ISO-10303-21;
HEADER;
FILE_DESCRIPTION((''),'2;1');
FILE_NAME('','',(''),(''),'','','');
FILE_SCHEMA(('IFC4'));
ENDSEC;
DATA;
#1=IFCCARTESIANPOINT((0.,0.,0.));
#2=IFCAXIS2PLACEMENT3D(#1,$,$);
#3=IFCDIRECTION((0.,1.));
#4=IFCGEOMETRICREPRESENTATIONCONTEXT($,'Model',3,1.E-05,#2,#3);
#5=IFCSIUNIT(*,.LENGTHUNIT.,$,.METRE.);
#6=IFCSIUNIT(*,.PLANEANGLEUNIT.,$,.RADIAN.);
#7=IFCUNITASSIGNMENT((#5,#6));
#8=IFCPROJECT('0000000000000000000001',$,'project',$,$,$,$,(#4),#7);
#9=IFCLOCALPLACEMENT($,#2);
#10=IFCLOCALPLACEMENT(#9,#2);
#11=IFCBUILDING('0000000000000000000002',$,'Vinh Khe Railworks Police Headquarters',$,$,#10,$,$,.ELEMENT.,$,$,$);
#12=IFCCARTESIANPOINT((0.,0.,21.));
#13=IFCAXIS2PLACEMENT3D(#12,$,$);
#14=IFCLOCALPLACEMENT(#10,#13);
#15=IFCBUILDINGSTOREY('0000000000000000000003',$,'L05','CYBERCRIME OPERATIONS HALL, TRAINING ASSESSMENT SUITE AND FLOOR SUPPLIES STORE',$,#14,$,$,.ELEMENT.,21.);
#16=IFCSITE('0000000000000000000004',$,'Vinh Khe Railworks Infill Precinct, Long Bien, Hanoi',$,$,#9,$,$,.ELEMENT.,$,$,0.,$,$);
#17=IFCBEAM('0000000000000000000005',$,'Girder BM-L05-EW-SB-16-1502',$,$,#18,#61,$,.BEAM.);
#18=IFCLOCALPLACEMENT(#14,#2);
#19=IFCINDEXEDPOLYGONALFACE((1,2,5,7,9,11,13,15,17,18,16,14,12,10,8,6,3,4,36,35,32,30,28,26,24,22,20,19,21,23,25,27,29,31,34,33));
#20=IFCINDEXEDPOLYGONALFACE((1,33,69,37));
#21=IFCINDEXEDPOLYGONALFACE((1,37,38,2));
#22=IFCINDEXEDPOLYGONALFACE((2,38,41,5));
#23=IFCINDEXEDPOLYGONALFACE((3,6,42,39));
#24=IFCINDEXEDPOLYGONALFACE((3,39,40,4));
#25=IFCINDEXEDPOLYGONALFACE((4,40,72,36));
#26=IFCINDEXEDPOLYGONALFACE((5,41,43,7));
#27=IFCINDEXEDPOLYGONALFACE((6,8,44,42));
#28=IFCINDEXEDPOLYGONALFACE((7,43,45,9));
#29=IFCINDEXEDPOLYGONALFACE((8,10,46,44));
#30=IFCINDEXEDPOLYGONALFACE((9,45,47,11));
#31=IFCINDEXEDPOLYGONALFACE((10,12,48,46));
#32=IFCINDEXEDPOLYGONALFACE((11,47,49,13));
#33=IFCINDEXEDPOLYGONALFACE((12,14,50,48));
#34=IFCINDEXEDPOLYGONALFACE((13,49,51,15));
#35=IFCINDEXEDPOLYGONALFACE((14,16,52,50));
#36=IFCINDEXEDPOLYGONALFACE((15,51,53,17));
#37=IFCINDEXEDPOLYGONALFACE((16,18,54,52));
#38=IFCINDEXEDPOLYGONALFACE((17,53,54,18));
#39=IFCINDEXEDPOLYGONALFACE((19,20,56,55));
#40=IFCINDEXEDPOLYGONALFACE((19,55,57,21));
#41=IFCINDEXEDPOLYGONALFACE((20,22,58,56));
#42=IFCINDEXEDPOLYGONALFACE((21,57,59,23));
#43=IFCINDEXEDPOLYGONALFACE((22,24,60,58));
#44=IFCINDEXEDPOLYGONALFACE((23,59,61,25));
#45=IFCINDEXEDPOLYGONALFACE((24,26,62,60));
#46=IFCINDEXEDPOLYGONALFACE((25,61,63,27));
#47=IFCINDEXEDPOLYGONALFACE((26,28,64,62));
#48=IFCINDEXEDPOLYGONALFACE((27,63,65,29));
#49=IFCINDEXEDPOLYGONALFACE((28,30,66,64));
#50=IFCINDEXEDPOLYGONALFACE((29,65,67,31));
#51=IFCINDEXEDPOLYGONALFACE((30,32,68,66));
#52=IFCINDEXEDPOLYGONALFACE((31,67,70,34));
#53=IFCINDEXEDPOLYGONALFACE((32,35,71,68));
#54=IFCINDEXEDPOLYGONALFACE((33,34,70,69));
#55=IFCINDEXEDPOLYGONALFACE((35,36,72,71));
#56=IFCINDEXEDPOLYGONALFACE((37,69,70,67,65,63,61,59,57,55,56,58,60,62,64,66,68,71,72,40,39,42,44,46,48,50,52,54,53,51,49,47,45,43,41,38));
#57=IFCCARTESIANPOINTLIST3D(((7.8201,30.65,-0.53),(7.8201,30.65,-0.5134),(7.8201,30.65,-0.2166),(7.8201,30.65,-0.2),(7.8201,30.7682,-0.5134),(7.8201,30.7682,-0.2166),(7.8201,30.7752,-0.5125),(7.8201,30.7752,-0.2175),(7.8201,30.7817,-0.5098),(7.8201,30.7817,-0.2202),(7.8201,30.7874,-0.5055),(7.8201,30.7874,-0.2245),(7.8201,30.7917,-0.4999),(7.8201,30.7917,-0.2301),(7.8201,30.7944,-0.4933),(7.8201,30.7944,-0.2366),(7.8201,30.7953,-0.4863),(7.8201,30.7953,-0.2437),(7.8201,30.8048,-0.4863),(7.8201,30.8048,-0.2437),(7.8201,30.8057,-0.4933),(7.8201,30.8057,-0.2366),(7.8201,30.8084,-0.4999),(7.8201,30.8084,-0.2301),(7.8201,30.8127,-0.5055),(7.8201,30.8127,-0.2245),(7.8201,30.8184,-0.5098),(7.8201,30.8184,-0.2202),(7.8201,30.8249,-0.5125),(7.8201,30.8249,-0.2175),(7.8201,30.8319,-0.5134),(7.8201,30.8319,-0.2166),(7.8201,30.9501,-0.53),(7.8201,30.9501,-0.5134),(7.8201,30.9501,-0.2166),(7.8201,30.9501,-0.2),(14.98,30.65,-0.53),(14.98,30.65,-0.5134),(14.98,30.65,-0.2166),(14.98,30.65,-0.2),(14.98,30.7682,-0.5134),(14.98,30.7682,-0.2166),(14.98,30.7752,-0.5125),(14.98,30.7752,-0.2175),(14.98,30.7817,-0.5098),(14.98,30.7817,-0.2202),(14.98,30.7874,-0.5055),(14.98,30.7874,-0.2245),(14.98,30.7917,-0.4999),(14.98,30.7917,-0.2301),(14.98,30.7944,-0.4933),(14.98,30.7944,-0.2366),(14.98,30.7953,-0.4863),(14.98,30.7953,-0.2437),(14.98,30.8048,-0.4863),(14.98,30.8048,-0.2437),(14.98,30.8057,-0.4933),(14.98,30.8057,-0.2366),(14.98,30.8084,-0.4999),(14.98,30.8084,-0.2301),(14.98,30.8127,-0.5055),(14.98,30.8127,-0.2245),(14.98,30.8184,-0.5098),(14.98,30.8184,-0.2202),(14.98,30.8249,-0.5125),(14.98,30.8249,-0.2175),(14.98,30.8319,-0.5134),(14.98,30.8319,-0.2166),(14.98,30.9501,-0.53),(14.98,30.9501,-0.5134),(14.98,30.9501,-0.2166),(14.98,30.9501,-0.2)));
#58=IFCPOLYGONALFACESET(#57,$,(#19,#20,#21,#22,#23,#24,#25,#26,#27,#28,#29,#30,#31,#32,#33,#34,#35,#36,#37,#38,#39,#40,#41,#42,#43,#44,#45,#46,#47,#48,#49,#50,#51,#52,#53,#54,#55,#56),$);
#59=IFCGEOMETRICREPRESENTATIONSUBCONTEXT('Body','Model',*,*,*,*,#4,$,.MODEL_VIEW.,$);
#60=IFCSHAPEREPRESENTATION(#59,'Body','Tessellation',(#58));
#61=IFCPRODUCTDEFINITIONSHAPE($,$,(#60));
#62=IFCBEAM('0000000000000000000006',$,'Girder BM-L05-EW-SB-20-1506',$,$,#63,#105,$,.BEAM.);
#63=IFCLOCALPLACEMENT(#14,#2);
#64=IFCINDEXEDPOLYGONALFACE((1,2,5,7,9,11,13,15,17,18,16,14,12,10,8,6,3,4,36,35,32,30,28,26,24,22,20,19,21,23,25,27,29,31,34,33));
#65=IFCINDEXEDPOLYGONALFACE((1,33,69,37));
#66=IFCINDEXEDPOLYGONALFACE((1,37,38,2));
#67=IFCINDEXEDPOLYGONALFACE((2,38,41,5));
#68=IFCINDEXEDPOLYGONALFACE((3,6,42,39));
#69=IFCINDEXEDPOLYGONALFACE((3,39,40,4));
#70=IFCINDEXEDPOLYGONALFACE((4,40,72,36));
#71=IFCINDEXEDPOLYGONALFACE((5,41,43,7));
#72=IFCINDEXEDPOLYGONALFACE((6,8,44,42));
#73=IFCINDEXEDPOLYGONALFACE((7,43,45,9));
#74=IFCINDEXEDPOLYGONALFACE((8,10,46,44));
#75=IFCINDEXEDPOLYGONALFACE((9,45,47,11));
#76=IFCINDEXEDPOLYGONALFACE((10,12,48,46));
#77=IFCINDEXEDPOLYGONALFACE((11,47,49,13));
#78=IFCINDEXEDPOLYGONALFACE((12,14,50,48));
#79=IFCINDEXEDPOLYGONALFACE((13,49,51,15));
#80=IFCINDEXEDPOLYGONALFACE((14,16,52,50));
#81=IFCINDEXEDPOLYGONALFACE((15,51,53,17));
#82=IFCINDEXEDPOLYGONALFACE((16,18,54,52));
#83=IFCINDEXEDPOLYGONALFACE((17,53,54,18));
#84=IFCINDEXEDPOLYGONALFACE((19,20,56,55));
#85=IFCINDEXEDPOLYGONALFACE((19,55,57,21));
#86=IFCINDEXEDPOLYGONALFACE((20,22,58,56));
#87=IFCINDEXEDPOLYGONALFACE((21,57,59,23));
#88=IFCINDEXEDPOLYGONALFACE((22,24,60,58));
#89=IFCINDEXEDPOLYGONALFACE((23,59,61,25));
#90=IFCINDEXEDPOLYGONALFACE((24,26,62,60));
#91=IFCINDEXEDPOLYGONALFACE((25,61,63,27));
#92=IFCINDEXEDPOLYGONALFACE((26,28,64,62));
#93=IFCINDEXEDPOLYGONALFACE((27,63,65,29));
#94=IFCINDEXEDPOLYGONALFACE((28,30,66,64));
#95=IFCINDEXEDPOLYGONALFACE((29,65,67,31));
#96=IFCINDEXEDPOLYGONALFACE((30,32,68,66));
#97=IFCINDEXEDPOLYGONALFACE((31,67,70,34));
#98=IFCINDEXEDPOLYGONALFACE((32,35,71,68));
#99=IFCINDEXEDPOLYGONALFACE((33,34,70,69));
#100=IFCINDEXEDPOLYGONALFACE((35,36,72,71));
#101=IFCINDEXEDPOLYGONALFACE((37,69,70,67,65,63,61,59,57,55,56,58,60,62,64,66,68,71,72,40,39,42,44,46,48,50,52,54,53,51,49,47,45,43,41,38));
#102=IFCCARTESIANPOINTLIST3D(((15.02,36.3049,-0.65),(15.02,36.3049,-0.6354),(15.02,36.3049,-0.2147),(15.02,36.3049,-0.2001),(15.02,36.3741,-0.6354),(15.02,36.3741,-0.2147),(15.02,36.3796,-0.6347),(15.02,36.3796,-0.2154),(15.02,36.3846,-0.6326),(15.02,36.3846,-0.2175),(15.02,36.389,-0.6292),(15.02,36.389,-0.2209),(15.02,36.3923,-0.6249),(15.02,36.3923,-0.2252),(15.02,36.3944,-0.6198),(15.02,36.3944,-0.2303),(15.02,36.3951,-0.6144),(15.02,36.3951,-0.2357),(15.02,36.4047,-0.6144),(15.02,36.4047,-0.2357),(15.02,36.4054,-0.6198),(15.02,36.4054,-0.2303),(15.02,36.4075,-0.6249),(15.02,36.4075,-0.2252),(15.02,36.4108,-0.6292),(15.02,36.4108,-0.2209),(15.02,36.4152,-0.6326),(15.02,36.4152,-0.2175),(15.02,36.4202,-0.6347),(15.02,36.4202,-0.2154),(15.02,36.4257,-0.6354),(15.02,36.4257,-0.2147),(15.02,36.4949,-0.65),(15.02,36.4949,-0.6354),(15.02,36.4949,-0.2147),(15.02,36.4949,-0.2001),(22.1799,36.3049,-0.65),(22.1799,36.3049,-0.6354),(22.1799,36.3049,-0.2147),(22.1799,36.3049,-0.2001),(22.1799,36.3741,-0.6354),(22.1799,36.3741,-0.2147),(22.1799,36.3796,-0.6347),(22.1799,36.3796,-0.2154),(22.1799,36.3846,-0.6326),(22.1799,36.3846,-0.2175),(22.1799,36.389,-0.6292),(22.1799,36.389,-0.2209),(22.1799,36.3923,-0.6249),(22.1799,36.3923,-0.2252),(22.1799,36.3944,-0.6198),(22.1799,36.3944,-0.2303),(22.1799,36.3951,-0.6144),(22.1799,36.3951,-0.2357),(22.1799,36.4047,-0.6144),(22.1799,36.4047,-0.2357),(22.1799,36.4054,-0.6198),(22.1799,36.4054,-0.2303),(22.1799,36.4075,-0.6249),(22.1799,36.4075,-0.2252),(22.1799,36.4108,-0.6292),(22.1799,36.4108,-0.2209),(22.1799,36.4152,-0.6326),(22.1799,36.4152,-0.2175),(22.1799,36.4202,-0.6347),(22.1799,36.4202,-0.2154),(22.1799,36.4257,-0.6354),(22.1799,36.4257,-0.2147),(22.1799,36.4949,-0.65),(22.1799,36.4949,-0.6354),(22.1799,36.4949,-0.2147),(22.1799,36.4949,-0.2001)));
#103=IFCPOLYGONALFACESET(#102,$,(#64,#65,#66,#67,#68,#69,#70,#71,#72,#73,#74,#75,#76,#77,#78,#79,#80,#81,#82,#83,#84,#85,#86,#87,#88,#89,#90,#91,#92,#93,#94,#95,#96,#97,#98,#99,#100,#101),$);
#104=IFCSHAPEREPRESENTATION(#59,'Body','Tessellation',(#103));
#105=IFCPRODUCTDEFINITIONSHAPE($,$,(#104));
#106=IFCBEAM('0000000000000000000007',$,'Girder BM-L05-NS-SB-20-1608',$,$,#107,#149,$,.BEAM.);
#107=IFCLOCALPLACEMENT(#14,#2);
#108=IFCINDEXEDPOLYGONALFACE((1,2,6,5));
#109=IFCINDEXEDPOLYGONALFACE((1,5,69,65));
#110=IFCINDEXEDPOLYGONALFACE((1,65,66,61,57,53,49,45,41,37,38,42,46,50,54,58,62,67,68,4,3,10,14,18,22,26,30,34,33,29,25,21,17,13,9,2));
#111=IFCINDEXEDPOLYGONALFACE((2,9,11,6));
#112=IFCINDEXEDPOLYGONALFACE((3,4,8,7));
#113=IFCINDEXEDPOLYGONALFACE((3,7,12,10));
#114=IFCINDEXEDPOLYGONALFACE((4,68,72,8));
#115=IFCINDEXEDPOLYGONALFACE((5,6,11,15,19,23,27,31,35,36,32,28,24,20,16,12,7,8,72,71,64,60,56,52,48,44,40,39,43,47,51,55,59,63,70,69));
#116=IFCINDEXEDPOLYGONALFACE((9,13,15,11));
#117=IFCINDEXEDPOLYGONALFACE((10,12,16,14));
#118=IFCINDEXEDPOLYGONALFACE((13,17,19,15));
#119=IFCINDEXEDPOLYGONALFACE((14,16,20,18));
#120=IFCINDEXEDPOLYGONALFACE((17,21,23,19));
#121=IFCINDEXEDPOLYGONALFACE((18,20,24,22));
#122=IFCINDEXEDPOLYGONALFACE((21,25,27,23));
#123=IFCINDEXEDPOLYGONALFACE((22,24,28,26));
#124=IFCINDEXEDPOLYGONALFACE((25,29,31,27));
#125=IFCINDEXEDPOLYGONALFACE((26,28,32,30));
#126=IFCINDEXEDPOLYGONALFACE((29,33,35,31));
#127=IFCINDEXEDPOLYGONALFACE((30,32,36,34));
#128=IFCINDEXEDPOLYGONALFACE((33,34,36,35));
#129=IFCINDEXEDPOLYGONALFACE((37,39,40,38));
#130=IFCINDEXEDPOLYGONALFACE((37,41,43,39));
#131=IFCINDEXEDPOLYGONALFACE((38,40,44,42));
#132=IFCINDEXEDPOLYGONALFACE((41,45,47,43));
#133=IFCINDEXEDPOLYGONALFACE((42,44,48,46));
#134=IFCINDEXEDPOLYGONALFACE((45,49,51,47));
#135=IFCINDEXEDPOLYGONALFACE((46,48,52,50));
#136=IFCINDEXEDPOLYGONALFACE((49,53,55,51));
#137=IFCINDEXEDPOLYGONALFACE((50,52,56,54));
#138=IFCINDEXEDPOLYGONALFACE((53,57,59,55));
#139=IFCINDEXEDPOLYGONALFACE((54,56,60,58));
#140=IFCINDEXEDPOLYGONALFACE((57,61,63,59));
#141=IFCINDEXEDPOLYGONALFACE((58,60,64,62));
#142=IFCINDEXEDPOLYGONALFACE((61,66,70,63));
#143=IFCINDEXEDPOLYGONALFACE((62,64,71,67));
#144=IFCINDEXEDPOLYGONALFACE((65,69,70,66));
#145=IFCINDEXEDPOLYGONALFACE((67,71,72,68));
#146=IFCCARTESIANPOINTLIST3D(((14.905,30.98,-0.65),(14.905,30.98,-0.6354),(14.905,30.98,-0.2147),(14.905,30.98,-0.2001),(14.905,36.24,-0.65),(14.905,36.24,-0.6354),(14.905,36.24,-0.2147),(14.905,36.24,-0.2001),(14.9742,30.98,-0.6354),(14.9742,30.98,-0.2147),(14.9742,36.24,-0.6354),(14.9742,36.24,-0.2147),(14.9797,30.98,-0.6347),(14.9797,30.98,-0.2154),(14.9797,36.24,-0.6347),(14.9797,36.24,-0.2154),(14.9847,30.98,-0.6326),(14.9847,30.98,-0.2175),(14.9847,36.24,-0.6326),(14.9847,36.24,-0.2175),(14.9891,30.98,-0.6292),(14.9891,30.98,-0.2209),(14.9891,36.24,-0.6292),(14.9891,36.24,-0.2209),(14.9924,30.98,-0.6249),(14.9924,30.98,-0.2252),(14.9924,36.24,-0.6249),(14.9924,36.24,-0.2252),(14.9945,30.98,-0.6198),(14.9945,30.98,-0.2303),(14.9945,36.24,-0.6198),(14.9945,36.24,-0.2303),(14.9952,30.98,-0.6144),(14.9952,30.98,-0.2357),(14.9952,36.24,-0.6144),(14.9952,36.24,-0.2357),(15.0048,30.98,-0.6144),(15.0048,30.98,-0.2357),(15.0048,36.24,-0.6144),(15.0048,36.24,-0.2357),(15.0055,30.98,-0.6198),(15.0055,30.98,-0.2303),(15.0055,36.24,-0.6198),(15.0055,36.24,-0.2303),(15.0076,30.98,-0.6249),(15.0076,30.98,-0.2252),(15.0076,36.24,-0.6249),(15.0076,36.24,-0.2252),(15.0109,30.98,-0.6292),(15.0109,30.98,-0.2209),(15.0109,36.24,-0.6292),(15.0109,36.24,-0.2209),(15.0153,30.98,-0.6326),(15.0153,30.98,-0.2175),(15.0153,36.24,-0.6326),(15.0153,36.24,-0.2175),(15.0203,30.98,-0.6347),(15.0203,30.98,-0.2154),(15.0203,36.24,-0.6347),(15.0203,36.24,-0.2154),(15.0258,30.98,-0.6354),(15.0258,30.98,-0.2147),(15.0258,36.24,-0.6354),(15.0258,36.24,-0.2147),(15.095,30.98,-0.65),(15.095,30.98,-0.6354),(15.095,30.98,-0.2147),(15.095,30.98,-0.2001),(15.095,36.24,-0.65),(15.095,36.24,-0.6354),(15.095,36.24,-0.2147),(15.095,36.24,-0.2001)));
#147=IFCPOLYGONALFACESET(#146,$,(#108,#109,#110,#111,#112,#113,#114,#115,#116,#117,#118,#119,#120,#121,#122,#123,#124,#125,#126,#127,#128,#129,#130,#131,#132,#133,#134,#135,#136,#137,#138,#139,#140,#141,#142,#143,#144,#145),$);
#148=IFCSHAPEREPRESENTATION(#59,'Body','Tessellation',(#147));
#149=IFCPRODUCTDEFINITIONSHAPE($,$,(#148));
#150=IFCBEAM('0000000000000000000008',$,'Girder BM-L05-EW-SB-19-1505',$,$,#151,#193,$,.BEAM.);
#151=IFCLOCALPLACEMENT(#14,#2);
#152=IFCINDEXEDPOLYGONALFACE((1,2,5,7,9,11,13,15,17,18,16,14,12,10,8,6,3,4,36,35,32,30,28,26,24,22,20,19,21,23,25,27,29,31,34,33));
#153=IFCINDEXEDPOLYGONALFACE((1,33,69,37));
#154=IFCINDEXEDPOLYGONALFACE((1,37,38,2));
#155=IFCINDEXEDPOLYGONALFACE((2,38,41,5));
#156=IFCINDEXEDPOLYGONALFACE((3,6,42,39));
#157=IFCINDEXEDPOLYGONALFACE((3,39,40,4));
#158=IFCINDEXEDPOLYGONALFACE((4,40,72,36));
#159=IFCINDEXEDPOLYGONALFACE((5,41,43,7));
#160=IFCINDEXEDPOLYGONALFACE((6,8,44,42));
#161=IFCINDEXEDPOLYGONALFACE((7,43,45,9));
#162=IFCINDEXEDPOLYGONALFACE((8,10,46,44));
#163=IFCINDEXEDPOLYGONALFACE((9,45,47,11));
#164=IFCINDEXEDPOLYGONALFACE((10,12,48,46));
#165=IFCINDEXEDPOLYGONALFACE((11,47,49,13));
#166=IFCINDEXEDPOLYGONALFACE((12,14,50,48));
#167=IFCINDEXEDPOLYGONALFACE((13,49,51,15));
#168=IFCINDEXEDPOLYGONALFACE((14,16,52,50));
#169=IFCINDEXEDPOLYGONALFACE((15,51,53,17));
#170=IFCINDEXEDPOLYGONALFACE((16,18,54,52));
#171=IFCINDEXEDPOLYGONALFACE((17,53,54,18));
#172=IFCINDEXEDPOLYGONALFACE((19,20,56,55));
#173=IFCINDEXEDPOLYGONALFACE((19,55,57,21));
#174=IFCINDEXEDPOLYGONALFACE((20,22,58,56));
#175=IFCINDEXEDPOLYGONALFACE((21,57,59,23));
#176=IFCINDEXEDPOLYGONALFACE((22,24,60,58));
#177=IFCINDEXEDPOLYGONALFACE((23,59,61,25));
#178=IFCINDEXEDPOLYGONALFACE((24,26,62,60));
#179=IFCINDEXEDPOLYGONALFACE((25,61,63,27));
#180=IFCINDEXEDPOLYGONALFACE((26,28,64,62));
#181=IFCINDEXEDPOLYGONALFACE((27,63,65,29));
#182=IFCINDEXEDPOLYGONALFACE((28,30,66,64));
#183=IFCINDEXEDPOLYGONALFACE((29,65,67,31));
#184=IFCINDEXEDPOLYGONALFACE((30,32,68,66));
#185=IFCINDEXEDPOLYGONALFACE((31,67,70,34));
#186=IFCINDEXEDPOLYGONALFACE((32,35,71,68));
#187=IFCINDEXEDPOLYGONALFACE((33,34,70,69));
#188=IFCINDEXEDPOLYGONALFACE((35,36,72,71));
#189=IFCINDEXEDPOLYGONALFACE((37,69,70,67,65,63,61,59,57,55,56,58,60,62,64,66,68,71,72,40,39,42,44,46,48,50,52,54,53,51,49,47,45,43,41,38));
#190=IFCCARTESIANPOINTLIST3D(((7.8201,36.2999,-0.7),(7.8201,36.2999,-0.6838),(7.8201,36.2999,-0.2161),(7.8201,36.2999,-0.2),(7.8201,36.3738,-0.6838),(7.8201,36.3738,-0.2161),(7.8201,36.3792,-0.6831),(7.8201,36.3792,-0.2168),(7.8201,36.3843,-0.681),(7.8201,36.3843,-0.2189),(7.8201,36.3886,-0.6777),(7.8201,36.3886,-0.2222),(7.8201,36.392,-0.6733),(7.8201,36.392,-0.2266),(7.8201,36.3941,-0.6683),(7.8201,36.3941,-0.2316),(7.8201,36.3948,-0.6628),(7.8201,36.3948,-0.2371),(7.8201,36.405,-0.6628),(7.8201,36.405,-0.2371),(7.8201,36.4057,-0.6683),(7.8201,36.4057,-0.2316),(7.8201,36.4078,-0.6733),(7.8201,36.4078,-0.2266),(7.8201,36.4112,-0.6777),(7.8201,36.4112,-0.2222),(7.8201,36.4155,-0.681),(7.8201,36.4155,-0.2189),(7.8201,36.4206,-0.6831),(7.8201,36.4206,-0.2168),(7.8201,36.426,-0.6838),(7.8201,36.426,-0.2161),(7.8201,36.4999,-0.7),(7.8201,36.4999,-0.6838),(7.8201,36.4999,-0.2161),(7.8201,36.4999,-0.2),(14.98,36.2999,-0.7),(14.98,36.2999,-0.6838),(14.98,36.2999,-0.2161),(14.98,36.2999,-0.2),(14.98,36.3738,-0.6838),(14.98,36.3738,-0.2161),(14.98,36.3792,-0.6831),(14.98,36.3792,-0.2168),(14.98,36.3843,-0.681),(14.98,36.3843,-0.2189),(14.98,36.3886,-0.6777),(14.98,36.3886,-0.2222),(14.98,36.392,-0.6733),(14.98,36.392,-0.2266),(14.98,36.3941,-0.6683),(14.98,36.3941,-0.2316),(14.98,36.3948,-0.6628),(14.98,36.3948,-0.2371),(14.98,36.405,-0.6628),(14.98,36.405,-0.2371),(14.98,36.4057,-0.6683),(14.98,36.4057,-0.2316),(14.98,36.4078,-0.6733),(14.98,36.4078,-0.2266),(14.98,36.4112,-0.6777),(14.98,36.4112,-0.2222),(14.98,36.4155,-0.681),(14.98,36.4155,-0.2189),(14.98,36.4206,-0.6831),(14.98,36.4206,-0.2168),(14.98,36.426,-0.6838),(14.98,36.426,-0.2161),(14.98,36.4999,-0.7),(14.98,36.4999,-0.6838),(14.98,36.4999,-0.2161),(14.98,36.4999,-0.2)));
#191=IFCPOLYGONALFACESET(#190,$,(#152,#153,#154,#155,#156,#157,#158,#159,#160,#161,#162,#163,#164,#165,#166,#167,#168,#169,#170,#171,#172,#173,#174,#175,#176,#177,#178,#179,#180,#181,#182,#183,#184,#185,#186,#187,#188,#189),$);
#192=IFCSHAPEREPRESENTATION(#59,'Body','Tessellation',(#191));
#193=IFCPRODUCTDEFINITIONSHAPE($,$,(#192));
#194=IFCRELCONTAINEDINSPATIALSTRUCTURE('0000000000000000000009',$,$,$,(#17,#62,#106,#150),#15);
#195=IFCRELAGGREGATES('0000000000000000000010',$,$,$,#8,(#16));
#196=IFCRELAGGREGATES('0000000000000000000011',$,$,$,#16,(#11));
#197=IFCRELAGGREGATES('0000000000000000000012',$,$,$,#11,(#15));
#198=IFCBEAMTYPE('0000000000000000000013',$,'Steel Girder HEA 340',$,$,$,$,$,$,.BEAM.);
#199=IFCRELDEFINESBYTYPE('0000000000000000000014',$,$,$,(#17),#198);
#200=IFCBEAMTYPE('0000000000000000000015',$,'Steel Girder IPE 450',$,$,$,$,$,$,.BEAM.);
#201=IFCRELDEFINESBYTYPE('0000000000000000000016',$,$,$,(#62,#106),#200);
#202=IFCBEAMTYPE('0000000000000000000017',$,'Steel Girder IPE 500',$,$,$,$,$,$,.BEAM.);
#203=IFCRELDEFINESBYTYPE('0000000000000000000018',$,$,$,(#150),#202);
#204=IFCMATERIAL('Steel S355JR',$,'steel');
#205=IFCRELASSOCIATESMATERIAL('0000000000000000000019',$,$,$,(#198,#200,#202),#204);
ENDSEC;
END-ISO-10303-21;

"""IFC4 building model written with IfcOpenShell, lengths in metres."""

from ifc_helpers import new_model, si_unit, direction, frame, origin, origin_2d, place, context, subcontext, project, spatial, i_section, extrude, material, material_profile, profile_set, type_object, element, save


model = new_model("IFC4")

# Units and contexts
model_context = context("Model", 3, precision=1e-05, world=origin(), true_north=direction((0.0, 1.0)))
body_context = subcontext(model_context, "Body", "Model", "MODEL_VIEW")
ifc_project = project(units=[si_unit("LENGTHUNIT", "METRE"), si_unit("PLANEANGLEUNIT", "RADIAN")], contexts=[model_context])

# Site, building, storey
site_placement = place(None, origin())
site = spatial("IfcSite", under=ifc_project, at=site_placement, Name="Vinh Khe Railworks Infill Precinct, Long Bien, Hanoi", CompositionType="ELEMENT", RefElevation=0.0)
building_placement = place(site_placement, origin())
building = spatial("IfcBuilding", under=site, at=building_placement, Name="Vinh Khe Railworks Police Headquarters", CompositionType="ELEMENT")
storey_placement = place(building_placement, frame((0.0, 0.0, 21.0)))
storey = spatial("IfcBuildingStorey", under=building, at=storey_placement, Name="L05", Description="CYBERCRIME OPERATIONS HALL, TRAINING ASSESSMENT SUITE AND FLOOR SUPPLIES STORE", CompositionType="ELEMENT", Elevation=21.0)

# Shared definitions
ifc_material_1 = material(Name="Steel S355JR", Category="steel")

# Beams
ifc_material_profile_1 = material_profile(ifc_material_1, i_section(OverallWidth=0.3, OverallDepth=0.3301, WebThickness=0.0095, FlangeThickness=0.0166, FilletRadius=0.0271, at=origin_2d()), Name="HEA 340")
ifc_profile_set_1 = profile_set([ifc_material_profile_1], Name="Steel S355JR")
beam_type_1 = type_object("IfcBeamType", Name="Steel Girder HEA 340", PredefinedType="BEAM", material=ifc_profile_set_1)
beam_1_placement = place(storey_placement, frame((7.8201, 30.8, -0.365), z_axis=(1.0, 0.0, 0.0), x_axis=(0.0, 1.0, 0.0)))
element("IfcBeam", 1, at=beam_1_placement, inside=storey, type_object=beam_type_1, Name="Girder BM-L05-EW-SB-16-1502", PredefinedType="BEAM", context=body_context, shape_type="SweptSolid", body=[
    extrude(i_section(OverallWidth=0.3, OverallDepth=0.3301, WebThickness=0.0095, FlangeThickness=0.0166, FilletRadius=0.0271, at=origin_2d()), origin(), (0.0, 0.0, 1.0), 7.1599),
])
ifc_material_profile_2 = material_profile(ifc_material_1, i_section(OverallWidth=0.1899, OverallDepth=0.45, WebThickness=0.0095, FlangeThickness=0.0146, FilletRadius=0.021, at=origin_2d()), Name="IPE 450")
ifc_profile_set_2 = profile_set([ifc_material_profile_2], Name="Steel S355JR")
beam_type_2 = type_object("IfcBeamType", Name="Steel Girder IPE 450", PredefinedType="BEAM", material=ifc_profile_set_2)
beam_2_placement = place(storey_placement, frame((15.02, 36.3999, -0.425), z_axis=(1.0, 0.0, 0.0), x_axis=(0.0, 1.0, 0.0)))
element("IfcBeam", 2, at=beam_2_placement, inside=storey, type_object=beam_type_2, Name="Girder BM-L05-EW-SB-20-1506", PredefinedType="BEAM", context=body_context, shape_type="SweptSolid", body=[
    extrude(i_section(OverallWidth=0.1899, OverallDepth=0.45, WebThickness=0.0095, FlangeThickness=0.0146, FilletRadius=0.021, at=origin_2d()), origin(), (0.0, 0.0, 1.0), 7.1599),
])
beam_3_placement = place(storey_placement, frame((15.0, 30.98, -0.425), z_axis=(0.0, 1.0, 0.0), x_axis=(-1.0, 0.0, 0.0)))
element("IfcBeam", 3, at=beam_3_placement, inside=storey, type_object=beam_type_2, Name="Girder BM-L05-NS-SB-20-1608", PredefinedType="BEAM", context=body_context, shape_type="SweptSolid", body=[
    extrude(i_section(OverallWidth=0.1899, OverallDepth=0.45, WebThickness=0.0095, FlangeThickness=0.0146, FilletRadius=0.021, at=origin_2d()), origin(), (0.0, 0.0, 1.0), 5.26),
])
ifc_material_profile_3 = material_profile(ifc_material_1, i_section(OverallWidth=0.2, OverallDepth=0.5, WebThickness=0.0103, FlangeThickness=0.0161, FilletRadius=0.021, at=origin_2d()), Name="IPE 500")
ifc_profile_set_3 = profile_set([ifc_material_profile_3], Name="Steel S355JR")
beam_type_3 = type_object("IfcBeamType", Name="Steel Girder IPE 500", PredefinedType="BEAM", material=ifc_profile_set_3)
beam_4_placement = place(storey_placement, frame((7.8201, 36.3999, -0.45), z_axis=(1.0, 0.0, 0.0), x_axis=(0.0, 1.0, 0.0)))
element("IfcBeam", 4, at=beam_4_placement, inside=storey, type_object=beam_type_3, Name="Girder BM-L05-EW-SB-19-1505", PredefinedType="BEAM", context=body_context, shape_type="SweptSolid", body=[
    extrude(i_section(OverallWidth=0.2, OverallDepth=0.5, WebThickness=0.0103, FlangeThickness=0.0161, FilletRadius=0.021, at=origin_2d()), origin(), (0.0, 0.0, 1.0), 7.1599),
])

save(model, "model.ifc")
